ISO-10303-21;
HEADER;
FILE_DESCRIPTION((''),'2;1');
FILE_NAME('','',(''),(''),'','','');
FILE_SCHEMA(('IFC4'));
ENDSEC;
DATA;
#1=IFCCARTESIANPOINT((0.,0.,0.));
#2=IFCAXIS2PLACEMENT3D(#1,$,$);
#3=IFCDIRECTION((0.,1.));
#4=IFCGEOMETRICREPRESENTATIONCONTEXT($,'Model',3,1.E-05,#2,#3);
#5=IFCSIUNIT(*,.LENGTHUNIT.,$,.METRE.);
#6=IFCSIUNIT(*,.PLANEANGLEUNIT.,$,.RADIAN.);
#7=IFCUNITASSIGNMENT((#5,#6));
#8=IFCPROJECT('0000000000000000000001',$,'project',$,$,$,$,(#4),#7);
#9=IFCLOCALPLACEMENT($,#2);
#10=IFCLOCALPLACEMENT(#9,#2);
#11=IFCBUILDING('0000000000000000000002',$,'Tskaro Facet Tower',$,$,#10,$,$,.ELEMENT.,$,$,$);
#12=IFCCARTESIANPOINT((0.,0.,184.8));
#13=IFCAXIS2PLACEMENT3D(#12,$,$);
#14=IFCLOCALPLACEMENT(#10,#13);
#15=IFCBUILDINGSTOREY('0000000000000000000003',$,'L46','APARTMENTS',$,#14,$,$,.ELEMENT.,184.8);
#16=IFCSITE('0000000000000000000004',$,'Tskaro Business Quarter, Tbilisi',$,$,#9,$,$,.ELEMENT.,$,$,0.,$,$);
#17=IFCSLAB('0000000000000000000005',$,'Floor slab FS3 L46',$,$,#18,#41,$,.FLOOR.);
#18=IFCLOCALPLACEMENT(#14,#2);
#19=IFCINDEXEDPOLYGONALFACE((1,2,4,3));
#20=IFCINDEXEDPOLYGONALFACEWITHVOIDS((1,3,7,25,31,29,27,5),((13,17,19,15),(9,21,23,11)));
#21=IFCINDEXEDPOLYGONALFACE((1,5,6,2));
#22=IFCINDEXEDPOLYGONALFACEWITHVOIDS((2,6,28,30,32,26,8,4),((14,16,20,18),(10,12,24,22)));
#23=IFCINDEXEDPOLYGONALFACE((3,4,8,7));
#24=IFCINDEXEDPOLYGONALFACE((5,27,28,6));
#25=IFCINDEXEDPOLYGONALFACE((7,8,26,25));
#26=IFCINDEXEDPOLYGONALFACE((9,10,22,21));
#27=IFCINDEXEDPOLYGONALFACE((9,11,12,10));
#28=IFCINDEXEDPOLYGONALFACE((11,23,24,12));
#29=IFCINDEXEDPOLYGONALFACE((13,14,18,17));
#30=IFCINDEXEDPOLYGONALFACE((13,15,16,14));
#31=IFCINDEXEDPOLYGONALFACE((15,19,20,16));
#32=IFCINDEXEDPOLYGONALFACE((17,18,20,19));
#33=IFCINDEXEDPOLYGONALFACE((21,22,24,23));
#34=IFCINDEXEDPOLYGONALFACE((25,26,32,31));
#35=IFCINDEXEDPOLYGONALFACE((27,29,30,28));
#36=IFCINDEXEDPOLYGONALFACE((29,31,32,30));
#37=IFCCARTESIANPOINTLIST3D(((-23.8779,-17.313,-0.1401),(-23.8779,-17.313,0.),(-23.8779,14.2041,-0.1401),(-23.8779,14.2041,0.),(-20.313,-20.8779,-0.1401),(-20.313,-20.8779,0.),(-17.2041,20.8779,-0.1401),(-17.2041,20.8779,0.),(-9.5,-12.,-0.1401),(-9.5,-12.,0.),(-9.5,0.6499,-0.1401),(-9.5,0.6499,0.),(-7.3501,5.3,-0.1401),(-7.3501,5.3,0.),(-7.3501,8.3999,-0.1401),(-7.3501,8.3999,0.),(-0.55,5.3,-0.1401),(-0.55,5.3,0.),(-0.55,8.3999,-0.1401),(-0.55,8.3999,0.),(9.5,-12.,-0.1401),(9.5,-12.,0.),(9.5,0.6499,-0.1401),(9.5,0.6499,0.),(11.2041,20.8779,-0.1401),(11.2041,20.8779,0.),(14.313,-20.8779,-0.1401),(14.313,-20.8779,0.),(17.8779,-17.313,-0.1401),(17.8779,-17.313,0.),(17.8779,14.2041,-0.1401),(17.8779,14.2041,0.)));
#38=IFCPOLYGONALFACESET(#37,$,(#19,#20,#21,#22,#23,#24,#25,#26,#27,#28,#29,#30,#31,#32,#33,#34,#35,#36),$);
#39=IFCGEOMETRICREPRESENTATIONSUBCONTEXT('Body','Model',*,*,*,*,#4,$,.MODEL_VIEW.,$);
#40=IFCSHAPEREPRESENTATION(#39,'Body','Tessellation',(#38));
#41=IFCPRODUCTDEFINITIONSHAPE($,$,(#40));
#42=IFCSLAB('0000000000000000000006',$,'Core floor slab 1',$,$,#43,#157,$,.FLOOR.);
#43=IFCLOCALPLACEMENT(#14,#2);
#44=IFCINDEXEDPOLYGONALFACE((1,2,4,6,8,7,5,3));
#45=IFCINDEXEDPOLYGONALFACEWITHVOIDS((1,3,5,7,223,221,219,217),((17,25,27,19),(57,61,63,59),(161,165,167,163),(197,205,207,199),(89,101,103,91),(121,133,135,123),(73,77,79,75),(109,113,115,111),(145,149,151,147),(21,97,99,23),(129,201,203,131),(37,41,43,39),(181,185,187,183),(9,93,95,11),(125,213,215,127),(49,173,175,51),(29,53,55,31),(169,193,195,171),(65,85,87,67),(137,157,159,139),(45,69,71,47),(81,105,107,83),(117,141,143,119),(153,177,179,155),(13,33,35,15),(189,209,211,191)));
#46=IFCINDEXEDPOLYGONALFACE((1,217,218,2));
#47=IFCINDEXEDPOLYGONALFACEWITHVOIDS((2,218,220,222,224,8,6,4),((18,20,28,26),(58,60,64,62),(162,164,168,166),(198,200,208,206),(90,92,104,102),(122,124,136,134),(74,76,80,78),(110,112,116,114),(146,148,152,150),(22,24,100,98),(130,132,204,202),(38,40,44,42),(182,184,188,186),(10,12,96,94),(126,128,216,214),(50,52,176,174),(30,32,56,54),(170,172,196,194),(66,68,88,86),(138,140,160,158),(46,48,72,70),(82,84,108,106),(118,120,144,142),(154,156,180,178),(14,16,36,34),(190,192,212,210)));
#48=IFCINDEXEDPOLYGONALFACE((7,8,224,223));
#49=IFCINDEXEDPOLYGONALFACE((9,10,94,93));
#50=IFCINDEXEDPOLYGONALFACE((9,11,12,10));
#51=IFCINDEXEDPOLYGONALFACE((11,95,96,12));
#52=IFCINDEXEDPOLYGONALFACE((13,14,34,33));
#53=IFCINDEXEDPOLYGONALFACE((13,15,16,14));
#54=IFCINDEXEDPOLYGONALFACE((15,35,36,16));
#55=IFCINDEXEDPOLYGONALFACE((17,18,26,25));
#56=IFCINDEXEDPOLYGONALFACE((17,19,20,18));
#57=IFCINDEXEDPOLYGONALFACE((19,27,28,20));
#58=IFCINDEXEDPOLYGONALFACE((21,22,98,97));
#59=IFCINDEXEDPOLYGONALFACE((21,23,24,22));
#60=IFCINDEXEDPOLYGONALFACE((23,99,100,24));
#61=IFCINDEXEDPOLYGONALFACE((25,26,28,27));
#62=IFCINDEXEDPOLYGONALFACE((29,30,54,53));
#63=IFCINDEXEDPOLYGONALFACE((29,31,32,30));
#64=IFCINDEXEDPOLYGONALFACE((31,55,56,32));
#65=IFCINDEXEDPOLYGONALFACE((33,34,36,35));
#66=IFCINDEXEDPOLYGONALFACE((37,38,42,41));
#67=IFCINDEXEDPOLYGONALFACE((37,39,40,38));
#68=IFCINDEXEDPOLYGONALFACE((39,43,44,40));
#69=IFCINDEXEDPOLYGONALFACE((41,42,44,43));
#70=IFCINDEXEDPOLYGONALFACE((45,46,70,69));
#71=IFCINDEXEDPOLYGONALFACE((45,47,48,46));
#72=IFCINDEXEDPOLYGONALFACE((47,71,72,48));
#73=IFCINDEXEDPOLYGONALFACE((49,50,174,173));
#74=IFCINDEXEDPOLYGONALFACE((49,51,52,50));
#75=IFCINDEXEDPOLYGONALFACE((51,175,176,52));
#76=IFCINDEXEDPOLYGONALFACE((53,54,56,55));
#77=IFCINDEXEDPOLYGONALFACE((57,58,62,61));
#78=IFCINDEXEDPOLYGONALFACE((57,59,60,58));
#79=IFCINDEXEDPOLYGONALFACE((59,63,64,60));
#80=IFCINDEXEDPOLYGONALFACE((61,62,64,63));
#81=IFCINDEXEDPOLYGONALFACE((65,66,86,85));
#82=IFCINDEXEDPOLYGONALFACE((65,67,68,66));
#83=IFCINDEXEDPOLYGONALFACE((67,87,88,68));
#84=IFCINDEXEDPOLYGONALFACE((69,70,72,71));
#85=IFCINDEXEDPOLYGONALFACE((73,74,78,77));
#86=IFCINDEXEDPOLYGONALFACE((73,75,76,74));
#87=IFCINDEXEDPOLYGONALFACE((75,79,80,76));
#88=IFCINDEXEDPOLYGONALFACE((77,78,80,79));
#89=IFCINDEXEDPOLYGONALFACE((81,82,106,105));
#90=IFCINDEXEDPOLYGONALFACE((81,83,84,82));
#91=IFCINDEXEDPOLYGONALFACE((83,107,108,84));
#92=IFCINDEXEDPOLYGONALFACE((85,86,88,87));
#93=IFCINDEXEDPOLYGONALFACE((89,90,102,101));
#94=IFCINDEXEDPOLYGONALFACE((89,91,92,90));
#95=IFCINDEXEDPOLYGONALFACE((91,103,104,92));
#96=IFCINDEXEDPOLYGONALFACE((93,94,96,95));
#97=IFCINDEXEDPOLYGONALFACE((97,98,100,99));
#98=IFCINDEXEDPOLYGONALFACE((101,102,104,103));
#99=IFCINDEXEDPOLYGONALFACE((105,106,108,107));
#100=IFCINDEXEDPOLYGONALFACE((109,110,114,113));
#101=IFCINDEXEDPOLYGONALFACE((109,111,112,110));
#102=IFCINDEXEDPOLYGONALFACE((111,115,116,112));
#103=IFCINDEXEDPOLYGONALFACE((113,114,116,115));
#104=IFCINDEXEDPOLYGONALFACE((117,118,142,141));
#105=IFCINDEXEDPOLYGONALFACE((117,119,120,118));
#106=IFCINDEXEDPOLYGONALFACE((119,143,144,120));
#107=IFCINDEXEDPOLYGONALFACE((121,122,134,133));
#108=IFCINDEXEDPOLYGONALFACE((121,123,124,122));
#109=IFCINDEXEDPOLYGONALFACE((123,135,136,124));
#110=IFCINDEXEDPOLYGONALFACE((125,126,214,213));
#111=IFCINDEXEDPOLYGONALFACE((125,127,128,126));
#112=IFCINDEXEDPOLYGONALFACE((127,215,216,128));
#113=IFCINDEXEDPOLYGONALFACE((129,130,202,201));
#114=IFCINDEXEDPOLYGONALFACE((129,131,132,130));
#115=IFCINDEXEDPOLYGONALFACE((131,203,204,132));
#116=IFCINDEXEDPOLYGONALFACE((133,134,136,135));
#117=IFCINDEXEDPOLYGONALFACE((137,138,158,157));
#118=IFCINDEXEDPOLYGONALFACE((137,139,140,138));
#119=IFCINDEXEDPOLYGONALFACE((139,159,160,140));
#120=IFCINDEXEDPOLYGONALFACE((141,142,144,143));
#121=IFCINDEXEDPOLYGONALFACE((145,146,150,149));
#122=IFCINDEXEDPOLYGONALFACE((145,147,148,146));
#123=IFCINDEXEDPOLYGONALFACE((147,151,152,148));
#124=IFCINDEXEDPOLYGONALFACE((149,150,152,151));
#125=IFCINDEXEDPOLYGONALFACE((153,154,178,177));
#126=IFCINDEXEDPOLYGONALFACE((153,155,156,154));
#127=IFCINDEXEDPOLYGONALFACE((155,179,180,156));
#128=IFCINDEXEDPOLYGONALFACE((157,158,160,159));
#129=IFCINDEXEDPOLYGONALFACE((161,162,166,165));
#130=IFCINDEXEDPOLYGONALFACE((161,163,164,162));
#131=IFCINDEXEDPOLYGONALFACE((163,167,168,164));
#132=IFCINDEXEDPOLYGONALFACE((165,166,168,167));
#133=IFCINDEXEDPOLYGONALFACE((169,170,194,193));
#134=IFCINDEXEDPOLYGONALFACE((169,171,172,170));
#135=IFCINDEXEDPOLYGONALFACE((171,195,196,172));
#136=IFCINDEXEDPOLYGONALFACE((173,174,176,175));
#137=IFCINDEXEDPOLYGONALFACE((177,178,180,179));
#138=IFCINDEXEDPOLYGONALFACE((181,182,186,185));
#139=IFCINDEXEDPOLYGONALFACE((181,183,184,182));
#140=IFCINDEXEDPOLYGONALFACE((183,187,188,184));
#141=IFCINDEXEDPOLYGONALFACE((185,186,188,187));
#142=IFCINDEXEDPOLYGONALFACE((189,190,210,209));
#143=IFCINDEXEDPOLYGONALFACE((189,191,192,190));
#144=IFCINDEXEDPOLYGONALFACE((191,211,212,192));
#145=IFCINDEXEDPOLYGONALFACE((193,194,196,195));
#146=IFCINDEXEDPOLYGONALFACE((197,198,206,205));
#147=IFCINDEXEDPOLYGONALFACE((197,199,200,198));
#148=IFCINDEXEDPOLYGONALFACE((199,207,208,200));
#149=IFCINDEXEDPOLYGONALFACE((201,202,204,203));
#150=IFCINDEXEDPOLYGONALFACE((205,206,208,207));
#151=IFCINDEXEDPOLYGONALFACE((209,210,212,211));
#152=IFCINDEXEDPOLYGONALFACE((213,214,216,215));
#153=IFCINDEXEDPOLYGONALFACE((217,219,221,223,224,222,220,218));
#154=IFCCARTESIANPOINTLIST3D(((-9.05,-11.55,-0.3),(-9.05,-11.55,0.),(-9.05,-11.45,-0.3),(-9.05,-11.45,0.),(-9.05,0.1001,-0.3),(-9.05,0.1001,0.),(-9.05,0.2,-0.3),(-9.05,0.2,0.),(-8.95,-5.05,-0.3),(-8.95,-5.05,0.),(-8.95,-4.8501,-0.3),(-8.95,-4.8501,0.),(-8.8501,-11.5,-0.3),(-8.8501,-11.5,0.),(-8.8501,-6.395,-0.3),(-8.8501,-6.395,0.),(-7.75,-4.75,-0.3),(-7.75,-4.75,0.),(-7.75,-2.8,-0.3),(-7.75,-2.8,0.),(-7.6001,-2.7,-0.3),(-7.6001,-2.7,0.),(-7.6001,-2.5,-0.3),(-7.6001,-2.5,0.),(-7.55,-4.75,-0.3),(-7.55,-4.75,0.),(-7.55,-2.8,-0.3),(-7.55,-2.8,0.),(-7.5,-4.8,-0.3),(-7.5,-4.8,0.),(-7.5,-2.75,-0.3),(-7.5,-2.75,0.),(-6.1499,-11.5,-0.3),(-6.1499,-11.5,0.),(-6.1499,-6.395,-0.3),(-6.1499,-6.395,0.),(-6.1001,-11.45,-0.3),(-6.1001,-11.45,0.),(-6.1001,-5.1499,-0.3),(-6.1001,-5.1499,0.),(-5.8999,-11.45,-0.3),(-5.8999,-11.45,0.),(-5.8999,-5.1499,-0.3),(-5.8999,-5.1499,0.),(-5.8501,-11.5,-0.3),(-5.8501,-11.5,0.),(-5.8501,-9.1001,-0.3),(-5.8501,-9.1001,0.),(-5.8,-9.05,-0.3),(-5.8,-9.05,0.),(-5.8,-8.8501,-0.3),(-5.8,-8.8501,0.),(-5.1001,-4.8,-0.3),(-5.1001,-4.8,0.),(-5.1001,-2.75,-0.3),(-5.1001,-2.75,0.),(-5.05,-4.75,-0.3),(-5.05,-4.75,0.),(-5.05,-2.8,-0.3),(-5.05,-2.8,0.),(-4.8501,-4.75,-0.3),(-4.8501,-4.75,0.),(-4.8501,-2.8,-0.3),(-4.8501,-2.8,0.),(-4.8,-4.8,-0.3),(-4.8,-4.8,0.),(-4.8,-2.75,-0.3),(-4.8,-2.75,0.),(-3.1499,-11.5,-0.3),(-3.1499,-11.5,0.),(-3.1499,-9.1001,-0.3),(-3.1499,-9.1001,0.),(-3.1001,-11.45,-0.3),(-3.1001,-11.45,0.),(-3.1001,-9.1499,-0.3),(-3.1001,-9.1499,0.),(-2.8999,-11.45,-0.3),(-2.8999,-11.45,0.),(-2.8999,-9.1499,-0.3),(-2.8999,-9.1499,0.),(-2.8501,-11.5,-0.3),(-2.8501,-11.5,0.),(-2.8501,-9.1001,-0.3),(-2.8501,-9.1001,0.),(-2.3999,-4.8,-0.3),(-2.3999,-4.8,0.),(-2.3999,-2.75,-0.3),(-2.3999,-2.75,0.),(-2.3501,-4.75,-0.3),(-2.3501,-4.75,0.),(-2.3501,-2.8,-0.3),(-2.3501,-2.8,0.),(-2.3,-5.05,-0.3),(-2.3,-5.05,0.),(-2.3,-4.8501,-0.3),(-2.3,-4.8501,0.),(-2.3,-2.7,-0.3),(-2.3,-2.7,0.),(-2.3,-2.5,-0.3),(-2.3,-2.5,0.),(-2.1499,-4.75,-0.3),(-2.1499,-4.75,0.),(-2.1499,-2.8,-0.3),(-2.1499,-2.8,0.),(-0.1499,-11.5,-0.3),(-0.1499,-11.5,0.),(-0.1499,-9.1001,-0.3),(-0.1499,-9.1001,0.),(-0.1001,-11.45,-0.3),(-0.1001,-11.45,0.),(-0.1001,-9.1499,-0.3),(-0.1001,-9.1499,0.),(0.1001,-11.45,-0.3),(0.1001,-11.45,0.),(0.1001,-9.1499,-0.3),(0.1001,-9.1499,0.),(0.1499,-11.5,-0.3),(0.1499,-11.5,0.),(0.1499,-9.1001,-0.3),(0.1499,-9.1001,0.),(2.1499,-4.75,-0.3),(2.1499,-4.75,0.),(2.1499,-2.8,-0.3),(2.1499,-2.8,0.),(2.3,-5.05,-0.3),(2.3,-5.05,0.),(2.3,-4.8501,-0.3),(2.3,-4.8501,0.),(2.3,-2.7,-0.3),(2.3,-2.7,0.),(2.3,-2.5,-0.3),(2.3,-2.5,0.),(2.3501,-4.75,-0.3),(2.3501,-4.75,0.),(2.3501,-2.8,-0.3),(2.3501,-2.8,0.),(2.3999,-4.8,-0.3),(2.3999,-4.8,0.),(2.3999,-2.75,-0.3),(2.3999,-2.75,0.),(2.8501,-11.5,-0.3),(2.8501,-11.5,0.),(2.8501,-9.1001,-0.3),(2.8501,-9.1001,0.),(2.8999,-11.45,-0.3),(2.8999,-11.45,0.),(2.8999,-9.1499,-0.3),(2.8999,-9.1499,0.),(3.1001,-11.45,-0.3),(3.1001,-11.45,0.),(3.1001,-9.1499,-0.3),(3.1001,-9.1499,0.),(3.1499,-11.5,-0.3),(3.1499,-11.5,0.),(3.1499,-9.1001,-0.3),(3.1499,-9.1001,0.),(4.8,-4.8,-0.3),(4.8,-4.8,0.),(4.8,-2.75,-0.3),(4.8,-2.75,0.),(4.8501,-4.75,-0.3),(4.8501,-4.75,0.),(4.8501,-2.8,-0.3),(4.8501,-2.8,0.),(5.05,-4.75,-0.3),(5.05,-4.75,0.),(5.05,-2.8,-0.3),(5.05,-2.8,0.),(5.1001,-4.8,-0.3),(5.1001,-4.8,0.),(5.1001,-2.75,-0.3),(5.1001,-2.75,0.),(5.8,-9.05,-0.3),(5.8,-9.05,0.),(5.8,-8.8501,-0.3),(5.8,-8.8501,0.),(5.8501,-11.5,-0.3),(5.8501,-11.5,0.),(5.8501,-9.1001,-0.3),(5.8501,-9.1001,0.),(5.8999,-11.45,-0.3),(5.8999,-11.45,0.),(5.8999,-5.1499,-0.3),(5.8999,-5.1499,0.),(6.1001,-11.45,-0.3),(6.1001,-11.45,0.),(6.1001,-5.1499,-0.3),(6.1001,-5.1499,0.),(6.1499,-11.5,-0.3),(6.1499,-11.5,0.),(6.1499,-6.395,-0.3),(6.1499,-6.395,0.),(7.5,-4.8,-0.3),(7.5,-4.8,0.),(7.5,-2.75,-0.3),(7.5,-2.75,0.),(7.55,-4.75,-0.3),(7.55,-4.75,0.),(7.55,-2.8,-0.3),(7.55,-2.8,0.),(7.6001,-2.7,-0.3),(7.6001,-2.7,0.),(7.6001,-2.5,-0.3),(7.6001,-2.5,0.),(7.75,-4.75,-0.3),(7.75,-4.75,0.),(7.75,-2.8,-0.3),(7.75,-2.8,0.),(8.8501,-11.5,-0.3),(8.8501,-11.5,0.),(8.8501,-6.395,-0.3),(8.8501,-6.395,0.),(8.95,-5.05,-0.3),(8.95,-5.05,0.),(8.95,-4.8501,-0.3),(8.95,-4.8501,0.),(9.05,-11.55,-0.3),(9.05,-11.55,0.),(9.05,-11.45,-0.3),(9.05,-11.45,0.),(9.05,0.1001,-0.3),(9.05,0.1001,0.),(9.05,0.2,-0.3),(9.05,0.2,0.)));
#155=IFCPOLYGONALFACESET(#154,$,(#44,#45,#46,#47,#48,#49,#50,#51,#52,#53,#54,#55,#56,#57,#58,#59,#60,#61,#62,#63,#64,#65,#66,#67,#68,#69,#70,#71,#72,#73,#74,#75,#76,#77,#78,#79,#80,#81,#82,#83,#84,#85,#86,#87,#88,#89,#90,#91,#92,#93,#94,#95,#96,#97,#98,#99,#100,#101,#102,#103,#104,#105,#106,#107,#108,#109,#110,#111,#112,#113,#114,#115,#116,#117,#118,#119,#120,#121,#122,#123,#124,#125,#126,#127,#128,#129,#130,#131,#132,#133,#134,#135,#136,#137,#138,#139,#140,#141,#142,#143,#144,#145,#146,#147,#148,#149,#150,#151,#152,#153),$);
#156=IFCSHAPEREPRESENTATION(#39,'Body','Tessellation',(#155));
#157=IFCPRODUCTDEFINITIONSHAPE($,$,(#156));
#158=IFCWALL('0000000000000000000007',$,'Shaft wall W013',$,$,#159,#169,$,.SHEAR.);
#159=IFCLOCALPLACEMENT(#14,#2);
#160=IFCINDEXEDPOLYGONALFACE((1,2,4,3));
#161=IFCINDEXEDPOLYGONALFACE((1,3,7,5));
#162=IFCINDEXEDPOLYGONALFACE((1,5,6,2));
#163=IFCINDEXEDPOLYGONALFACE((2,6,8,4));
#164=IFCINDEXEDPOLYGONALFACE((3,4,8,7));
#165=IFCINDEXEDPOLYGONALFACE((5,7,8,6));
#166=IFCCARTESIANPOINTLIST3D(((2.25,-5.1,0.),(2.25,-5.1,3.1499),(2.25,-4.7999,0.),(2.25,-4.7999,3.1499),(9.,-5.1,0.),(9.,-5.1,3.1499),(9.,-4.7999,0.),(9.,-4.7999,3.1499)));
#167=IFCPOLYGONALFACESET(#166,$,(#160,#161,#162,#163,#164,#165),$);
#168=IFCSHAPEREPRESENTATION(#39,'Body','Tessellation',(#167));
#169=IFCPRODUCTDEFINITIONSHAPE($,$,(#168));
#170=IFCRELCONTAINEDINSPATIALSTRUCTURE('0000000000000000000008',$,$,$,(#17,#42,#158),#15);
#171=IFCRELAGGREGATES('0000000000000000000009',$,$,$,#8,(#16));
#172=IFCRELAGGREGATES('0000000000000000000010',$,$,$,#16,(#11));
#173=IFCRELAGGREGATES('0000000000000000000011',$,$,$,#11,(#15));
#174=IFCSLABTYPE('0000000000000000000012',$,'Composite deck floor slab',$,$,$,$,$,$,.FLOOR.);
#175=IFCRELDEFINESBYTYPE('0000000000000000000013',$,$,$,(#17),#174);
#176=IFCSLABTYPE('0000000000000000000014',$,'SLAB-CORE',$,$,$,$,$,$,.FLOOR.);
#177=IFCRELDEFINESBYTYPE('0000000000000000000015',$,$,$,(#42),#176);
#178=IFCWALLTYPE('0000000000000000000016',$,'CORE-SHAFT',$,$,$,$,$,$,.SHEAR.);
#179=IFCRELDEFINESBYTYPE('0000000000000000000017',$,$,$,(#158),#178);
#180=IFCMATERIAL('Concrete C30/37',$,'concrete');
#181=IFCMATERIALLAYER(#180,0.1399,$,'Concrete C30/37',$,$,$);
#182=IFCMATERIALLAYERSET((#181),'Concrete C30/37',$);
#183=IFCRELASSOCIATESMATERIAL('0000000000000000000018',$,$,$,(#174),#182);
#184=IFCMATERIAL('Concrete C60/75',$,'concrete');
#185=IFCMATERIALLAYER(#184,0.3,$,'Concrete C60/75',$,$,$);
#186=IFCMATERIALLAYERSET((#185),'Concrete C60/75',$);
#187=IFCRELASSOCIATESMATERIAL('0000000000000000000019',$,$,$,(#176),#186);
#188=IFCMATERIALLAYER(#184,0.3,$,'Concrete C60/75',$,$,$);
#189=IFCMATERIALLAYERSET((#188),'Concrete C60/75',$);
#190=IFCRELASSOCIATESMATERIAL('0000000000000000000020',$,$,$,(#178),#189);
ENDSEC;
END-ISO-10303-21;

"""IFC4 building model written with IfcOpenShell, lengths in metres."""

from ifc_helpers import new_model, si_unit, direction, frame, frame_2d, origin, place, context, subcontext, project, spatial, polyline, rectangle, outline, extrude, material, layer, layer_set, type_object, element, save


model = new_model("IFC4")

# Units and contexts
model_context = context("Model", 3, precision=1e-05, world=origin(), true_north=direction((0.0, 1.0)))
body_context = subcontext(model_context, "Body", "Model", "MODEL_VIEW")
ifc_project = project(units=[si_unit("LENGTHUNIT", "METRE"), si_unit("PLANEANGLEUNIT", "RADIAN")], contexts=[model_context])

# Site, building, storey
site_placement = place(None, origin())
site = spatial("IfcSite", under=ifc_project, at=site_placement, Name="Tskaro Business Quarter, Tbilisi", CompositionType="ELEMENT", RefElevation=0.0)
building_placement = place(site_placement, origin())
building = spatial("IfcBuilding", under=site, at=building_placement, Name="Tskaro Facet Tower", CompositionType="ELEMENT")
storey_placement = place(building_placement, frame((0.0, 0.0, 184.8)))
storey = spatial("IfcBuildingStorey", under=building, at=storey_placement, Name="L46", Description="APARTMENTS", CompositionType="ELEMENT", Elevation=184.8)

# Slabs
ifc_material_1 = material(Name="Concrete C30/37", Category="concrete")
ifc_layer_1 = layer(ifc_material_1, 0.1399, Name="Concrete C30/37")
ifc_layer_set_1 = layer_set([ifc_layer_1], Name="Concrete C30/37")
slab_type_1 = type_object("IfcSlabType", Name="Composite deck floor slab", PredefinedType="FLOOR", material=ifc_layer_set_1)
slab_1_placement = place(storey_placement, frame((0.0, 0.0, -0.1401)))
element("IfcSlab", 1, at=slab_1_placement, inside=storey, type_object=slab_type_1, Name="Floor slab FS3 L46", PredefinedType="FLOOR", context=body_context, shape_type="SweptSolid", body=[
    extrude(outline(polyline([(-20.313, -20.8779), (14.313, -20.8779), (17.8779, -17.313), (17.8779, 14.2041), (11.2041, 20.8779), (-17.2041, 20.8779), (-23.8779, 14.2041), (-23.8779, -17.313), (-20.313, -20.8779)]), holes=[polyline([(-9.5, -12.0), (9.5, -12.0), (9.5, 0.6499), (-9.5, 0.6499), (-9.5, -12.0)]), polyline([(-7.3501, 5.3), (-0.55, 5.3), (-0.55, 8.3999), (-7.3501, 8.3999), (-7.3501, 5.3)])]), origin(), (0.0, 0.0, 1.0), 0.1401),
])
ifc_material_2 = material(Name="Concrete C60/75", Category="concrete")
ifc_layer_2 = layer(ifc_material_2, 0.3, Name="Concrete C60/75")
ifc_layer_set_2 = layer_set([ifc_layer_2], Name="Concrete C60/75")
slab_type_2 = type_object("IfcSlabType", Name="SLAB-CORE", PredefinedType="FLOOR", material=ifc_layer_set_2)
slab_2_placement = place(storey_placement, frame((0.0, 0.0, -0.3)))
element("IfcSlab", 2, at=slab_2_placement, inside=storey, type_object=slab_type_2, Name="Core floor slab 1", PredefinedType="FLOOR", context=body_context, shape_type="SweptSolid", body=[
    extrude(outline(polyline([(-9.05, 0.2), (9.05, 0.2), (9.05, 0.1001), (9.05, -11.45), (9.05, -11.55), (-9.05, -11.55), (-9.05, -11.45), (-9.05, 0.1001), (-9.05, 0.2)]), holes=[polyline([(-5.8501, -9.1001), (-5.8501, -11.5), (-3.1499, -11.5), (-3.1499, -9.1001), (-5.8501, -9.1001)]), polyline([(-3.1001, -11.45), (-2.8999, -11.45), (-2.8999, -9.1499), (-3.1001, -9.1499), (-3.1001, -11.45)]), polyline([(-2.8501, -9.1001), (-2.8501, -11.5), (-0.1499, -11.5), (-0.1499, -9.1001), (-2.8501, -9.1001)]), polyline([(-6.1001, -11.45), (-5.8999, -11.45), (-5.8999, -5.1499), (-6.1001, -5.1499), (-6.1001, -11.45)]), polyline([(-8.95, -5.05), (-2.3, -5.05), (-2.3, -4.8501), (-8.95, -4.8501), (-8.95, -5.05)]), polyline([(-7.75, -4.75), (-7.55, -4.75), (-7.55, -2.8), (-7.75, -2.8), (-7.75, -4.75)]), polyline([(-7.5, -2.75), (-7.5, -4.8), (-5.1001, -4.8), (-5.1001, -2.75), (-7.5, -2.75)]), polyline([(-5.05, -4.75), (-4.8501, -4.75), (-4.8501, -2.8), (-5.05, -2.8), (-5.05, -4.75)]), polyline([(-2.3999, -2.75), (-4.8, -2.75), (-4.8, -4.8), (-2.3999, -4.8), (-2.3999, -2.75)]), polyline([(-2.3501, -4.75), (-2.1499, -4.75), (-2.1499, -2.8), (-2.3501, -2.8), (-2.3501, -4.75)]), polyline([(-7.6001, -2.7), (-2.3, -2.7), (-2.3, -2.5), (-7.6001, -2.5), (-7.6001, -2.7)]), polyline([(-0.1001, -11.45), (0.1001, -11.45), (0.1001, -9.1499), (-0.1001, -9.1499), (-0.1001, -11.45)]), polyline([(0.1499, -9.1001), (0.1499, -11.5), (2.8501, -11.5), (2.8501, -9.1001), (0.1499, -9.1001)]), polyline([(2.8999, -11.45), (3.1001, -11.45), (3.1001, -9.1499), (2.8999, -9.1499), (2.8999, -11.45)]), polyline([(3.1499, -9.1001), (3.1499, -11.5), (5.8501, -11.5), (5.8501, -9.1001), (3.1499, -9.1001)]), polyline([(-5.8, -9.05), (5.8, -9.05), (5.8, -8.8501), (-5.8, -8.8501), (-5.8, -9.05)]), polyline([(5.8999, -11.45), (6.1001, -11.45), (6.1001, -5.1499), (5.8999, -5.1499), (5.8999, -11.45)]), polyline([(2.3, -5.05), (8.95, -5.05), (8.95, -4.8501), (2.3, -4.8501), (2.3, -5.05)]), polyline([(2.1499, -4.75), (2.3501, -4.75), (2.3501, -2.8), (2.1499, -2.8), (2.1499, -4.75)]), polyline([(2.3999, -2.75), (2.3999, -4.8), (4.8, -4.8), (4.8, -2.75), (2.3999, -2.75)]), polyline([(4.8501, -4.75), (5.05, -4.75), (5.05, -2.8), (4.8501, -2.8), (4.8501, -4.75)]), polyline([(5.1001, -4.8), (7.5, -4.8), (7.5, -2.75), (5.1001, -2.75), (5.1001, -4.8)]), polyline([(7.55, -4.75), (7.75, -4.75), (7.75, -2.8), (7.55, -2.8), (7.55, -4.75)]), polyline([(2.3, -2.7), (7.6001, -2.7), (7.6001, -2.5), (2.3, -2.5), (2.3, -2.7)]), polyline([(-8.8501, -11.5), (-6.1499, -11.5), (-6.1499, -6.395), (-8.8501, -6.395), (-8.8501, -11.5)]), polyline([(6.1499, -6.395), (6.1499, -11.5), (8.8501, -11.5), (8.8501, -6.395), (6.1499, -6.395)])]), origin(), (0.0, 0.0, 1.0), 0.3),
])

# Wall
ifc_layer_3 = layer(ifc_material_2, 0.3, Name="Concrete C60/75")
ifc_layer_set_3 = layer_set([ifc_layer_3], Name="Concrete C60/75")
wall_type_1 = type_object("IfcWallType", Name="CORE-SHAFT", PredefinedType="SHEAR", material=ifc_layer_set_3)
wall_1_placement = place(storey_placement, frame((2.25, -4.95, 0.0), z_axis=(0.0, 0.0, 1.0), x_axis=(1.0, 0.0, 0.0)))
element("IfcWall", 3, at=wall_1_placement, inside=storey, type_object=wall_type_1, Name="Shaft wall W013", PredefinedType="SHEAR", context=body_context, shape_type="SweptSolid", body=[
    extrude(rectangle(XDim=6.75, YDim=0.3, at=frame_2d((3.375, 0.0))), origin(), (0.0, 0.0, 1.0), 3.1499),
])

save(model, "model.ifc")
